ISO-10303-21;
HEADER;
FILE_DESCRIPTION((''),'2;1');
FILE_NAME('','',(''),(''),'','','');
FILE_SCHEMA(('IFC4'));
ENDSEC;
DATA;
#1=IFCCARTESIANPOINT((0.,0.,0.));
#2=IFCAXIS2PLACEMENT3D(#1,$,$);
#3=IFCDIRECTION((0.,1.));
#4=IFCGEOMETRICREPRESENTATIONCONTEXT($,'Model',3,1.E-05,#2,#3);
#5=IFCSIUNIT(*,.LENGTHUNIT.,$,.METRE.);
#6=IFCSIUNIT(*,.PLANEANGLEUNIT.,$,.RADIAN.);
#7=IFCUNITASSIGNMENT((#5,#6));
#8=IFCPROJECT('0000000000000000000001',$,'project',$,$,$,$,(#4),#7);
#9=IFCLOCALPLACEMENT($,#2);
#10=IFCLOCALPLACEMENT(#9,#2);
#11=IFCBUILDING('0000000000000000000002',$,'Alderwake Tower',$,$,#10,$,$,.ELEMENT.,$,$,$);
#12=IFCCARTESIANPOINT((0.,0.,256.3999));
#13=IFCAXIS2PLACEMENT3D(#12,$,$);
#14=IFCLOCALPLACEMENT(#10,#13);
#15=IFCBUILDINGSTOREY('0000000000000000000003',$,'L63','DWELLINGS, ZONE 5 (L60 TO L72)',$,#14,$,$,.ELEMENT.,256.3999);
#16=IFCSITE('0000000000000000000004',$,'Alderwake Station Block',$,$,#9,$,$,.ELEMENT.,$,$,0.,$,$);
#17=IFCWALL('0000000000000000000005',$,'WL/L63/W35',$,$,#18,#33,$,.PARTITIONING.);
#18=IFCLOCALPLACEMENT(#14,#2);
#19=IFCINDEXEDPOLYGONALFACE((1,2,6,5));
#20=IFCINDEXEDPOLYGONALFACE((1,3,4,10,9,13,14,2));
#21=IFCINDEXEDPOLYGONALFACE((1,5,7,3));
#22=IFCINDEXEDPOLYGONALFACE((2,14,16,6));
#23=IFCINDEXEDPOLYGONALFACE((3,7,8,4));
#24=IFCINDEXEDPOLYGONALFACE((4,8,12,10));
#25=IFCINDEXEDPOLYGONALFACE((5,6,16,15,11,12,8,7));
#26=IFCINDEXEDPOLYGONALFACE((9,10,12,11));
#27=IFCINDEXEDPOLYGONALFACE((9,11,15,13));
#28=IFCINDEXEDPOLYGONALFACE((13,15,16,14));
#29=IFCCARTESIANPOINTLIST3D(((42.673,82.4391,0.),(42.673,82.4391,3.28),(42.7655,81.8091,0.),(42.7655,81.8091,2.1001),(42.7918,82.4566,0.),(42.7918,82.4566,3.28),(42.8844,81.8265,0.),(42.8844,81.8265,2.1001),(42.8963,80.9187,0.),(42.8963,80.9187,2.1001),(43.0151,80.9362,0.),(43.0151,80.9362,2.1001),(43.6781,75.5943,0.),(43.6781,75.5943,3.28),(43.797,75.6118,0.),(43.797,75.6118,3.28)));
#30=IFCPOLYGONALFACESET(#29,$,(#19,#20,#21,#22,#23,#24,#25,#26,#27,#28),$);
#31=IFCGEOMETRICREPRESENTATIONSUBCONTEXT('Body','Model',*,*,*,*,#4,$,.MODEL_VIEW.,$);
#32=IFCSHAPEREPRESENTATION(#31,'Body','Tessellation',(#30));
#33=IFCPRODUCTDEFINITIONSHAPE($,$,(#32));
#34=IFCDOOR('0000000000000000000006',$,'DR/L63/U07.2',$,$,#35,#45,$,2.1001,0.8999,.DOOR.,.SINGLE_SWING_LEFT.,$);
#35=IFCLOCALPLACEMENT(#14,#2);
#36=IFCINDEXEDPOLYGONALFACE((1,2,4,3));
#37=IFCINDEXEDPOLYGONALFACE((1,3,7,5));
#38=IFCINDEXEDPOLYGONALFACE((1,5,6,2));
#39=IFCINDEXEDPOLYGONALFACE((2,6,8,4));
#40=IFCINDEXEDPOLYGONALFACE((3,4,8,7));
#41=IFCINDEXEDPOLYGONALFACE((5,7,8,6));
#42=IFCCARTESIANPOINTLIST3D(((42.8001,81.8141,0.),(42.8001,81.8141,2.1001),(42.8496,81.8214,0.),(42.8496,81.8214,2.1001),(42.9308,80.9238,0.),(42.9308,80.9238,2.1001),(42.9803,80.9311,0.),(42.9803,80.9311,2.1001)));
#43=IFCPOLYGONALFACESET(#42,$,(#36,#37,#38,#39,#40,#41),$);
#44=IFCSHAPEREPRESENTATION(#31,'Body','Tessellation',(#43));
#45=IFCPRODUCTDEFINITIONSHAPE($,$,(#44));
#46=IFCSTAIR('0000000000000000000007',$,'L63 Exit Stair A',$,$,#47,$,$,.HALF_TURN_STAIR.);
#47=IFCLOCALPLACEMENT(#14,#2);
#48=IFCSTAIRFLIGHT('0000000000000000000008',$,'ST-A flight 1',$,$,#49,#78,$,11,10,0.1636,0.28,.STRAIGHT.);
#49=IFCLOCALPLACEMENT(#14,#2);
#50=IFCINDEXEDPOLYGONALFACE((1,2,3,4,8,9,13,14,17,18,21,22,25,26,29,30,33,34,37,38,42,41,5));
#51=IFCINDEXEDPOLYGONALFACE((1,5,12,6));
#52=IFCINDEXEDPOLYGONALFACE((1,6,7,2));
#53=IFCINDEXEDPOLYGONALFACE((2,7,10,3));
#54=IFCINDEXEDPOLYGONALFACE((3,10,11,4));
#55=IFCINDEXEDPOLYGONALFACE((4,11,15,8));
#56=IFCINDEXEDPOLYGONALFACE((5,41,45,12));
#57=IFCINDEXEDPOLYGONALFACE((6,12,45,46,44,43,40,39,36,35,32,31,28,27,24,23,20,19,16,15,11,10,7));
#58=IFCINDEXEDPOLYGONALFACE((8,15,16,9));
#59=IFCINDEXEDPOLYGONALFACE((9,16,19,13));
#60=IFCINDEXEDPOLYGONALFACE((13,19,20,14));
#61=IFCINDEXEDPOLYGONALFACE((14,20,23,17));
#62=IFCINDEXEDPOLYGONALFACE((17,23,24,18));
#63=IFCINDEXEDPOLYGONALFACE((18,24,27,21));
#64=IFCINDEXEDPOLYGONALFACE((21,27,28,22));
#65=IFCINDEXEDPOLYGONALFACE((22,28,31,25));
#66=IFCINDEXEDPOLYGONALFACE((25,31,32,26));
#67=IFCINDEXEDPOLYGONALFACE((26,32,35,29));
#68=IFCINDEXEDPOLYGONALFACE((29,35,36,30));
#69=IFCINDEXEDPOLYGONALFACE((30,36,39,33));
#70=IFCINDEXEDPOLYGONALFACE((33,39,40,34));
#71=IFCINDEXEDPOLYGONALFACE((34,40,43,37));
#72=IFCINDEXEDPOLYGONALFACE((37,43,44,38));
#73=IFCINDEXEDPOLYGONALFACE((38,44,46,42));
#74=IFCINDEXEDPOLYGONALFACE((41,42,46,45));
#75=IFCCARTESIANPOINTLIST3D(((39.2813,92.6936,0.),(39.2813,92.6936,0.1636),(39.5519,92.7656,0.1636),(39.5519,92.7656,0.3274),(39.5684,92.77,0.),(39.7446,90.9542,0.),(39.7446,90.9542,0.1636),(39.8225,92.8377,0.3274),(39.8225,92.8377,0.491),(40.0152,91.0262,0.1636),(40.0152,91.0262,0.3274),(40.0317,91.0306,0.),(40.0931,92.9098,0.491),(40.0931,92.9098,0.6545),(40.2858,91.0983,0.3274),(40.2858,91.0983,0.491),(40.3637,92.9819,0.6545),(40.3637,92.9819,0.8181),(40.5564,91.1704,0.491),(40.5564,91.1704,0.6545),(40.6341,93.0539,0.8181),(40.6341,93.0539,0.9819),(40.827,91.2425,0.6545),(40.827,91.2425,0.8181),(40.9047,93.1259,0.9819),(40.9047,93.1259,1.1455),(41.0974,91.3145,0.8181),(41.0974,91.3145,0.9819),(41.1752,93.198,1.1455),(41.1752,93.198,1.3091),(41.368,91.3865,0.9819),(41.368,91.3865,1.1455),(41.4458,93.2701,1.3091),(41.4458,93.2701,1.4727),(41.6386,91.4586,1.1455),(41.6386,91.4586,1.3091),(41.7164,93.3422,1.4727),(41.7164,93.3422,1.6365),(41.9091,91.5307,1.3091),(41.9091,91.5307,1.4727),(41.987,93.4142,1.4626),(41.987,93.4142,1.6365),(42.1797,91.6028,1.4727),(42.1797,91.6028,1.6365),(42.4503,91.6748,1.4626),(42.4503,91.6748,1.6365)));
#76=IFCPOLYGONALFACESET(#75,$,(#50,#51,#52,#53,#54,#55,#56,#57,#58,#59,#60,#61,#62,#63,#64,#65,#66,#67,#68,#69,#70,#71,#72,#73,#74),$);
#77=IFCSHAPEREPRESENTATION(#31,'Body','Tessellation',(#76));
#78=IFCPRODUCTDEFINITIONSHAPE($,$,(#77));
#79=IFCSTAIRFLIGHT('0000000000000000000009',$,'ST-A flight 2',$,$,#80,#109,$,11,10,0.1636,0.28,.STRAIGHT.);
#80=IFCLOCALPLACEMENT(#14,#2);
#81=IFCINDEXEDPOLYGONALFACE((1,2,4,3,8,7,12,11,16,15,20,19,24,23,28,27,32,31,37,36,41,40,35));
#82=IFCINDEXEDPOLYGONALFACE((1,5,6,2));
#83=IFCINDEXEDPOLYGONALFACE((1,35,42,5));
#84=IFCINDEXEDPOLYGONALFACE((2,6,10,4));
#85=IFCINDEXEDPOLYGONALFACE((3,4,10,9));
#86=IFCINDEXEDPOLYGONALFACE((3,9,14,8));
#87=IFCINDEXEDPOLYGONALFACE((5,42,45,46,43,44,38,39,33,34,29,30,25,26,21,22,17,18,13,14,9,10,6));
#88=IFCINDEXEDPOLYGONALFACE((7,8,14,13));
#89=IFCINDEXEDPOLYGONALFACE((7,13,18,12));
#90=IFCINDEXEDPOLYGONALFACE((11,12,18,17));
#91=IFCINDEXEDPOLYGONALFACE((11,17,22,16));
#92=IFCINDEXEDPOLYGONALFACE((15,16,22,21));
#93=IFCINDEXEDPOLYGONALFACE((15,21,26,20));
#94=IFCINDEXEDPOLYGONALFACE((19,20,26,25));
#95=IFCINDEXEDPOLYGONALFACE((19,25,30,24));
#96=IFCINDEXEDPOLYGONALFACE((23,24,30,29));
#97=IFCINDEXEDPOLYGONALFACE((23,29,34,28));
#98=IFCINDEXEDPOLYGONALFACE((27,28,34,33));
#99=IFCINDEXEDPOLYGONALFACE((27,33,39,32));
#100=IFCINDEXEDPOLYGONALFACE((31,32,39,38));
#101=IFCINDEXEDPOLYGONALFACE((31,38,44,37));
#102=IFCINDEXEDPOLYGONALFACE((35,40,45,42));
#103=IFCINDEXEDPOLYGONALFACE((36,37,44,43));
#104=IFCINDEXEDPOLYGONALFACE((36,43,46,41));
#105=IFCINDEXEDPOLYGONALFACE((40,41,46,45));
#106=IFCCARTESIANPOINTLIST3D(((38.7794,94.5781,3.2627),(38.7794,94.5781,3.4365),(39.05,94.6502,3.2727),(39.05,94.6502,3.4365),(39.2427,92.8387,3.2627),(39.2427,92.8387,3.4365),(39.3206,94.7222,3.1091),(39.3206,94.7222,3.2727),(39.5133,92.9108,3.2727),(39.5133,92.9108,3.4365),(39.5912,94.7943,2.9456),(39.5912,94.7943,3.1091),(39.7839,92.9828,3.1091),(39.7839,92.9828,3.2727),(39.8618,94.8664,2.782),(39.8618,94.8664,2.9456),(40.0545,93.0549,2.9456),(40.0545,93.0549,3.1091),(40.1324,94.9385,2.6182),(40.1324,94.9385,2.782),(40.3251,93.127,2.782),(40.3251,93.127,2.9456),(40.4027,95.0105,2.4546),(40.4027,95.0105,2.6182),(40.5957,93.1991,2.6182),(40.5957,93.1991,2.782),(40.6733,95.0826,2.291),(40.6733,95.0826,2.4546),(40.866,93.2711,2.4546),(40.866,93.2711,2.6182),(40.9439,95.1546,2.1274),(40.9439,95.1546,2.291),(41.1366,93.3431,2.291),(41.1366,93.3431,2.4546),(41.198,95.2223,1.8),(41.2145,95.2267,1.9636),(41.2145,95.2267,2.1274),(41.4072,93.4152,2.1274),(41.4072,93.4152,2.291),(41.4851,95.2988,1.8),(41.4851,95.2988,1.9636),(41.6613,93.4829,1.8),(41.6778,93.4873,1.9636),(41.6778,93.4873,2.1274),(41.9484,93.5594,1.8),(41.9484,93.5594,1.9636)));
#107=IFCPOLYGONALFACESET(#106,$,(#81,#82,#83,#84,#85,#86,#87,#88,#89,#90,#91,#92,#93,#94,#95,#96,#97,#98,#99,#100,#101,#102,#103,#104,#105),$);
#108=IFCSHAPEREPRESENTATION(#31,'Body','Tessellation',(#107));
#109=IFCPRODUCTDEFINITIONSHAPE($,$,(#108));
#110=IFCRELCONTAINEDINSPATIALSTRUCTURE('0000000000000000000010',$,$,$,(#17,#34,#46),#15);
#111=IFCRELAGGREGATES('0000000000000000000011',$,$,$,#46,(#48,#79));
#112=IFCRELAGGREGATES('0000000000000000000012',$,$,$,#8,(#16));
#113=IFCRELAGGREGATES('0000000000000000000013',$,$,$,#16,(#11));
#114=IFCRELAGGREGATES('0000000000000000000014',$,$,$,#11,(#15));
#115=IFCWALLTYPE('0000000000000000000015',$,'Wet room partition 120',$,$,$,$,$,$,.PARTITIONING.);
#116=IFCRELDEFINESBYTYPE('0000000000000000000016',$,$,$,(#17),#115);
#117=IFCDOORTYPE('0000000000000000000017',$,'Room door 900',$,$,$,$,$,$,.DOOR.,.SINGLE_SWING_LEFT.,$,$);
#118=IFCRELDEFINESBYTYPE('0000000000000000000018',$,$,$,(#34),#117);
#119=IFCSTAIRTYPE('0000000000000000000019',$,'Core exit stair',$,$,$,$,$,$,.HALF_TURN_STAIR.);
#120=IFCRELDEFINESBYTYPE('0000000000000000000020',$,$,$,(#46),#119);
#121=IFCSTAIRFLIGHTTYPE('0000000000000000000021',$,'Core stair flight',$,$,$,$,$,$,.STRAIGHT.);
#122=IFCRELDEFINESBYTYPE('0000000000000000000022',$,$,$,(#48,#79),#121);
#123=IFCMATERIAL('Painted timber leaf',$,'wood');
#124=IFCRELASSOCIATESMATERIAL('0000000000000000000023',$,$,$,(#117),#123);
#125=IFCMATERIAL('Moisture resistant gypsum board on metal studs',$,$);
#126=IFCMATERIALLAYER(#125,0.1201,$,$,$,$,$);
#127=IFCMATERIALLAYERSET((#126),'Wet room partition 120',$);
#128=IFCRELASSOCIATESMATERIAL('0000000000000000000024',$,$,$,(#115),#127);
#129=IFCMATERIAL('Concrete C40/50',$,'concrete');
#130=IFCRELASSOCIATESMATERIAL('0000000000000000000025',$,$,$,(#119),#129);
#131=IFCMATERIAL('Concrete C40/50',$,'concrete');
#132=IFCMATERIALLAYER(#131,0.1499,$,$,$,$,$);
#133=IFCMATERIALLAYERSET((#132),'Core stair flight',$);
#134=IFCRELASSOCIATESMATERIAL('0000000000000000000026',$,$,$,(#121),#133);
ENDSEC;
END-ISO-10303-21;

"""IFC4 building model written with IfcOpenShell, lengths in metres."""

from ifc_helpers import new_model, si_unit, direction, frame, frame_2d, origin, place, context, subcontext, project, spatial, polyline, rectangle, outline, extrude, material, layer, layer_set, type_object, element, fill, aggregate, save


model = new_model("IFC4")

# Units and contexts
model_context = context("Model", 3, precision=1e-05, world=origin(), true_north=direction((0.0, 1.0)))
body_context = subcontext(model_context, "Body", "Model", "MODEL_VIEW")
ifc_project = project(units=[si_unit("LENGTHUNIT", "METRE"), si_unit("PLANEANGLEUNIT", "RADIAN")], contexts=[model_context])

# Site, building, storey
site_placement = place(None, origin())
site = spatial("IfcSite", under=ifc_project, at=site_placement, Name="Alderwake Station Block", CompositionType="ELEMENT", RefElevation=0.0)
building_placement = place(site_placement, origin())
building = spatial("IfcBuilding", under=site, at=building_placement, Name="Alderwake Tower", CompositionType="ELEMENT")
storey_placement = place(building_placement, frame((0.0, 0.0, 256.3999)))
storey = spatial("IfcBuildingStorey", under=building, at=storey_placement, Name="L63", Description="DWELLINGS, ZONE 5 (L60 TO L72)", CompositionType="ELEMENT", Elevation=256.3999)

# Shared definitions
ifc_material_1 = material(Name="Painted timber leaf", Category="wood")
door_type_1 = type_object("IfcDoorType", Name="Room door 900", OperationType="SINGLE_SWING_LEFT", PredefinedType="DOOR", material=ifc_material_1)

# Wall, opening, door
ifc_material_2 = material(Name="Moisture resistant gypsum board on metal studs")
ifc_layer_1 = layer(ifc_material_2, 0.1201)
ifc_layer_set_1 = layer_set([ifc_layer_1], Name="Wet room partition 120")
wall_type_1 = type_object("IfcWallType", Name="Wet room partition 120", PredefinedType="PARTITIONING", material=ifc_layer_set_1)
wall_1_placement = place(storey_placement, frame((42.7324, 82.4478, 0.0), z_axis=(0.0, 0.0, 1.0), x_axis=(0.145289, -0.989389, 0.0)))
wall_1 = element("IfcWall", 1, at=wall_1_placement, inside=storey, type_object=wall_type_1, Name="WL/L63/W35", PredefinedType="PARTITIONING", context=body_context, shape_type="SweptSolid", body=[
    extrude(rectangle(XDim=6.9182, YDim=0.1201, at=frame_2d((3.459, 0.0))), origin(), (0.0, 0.0, 1.0), 3.28),
])
opening_1_placement = place(wall_1_placement, frame((0.6367, 0.0, 0.0)))
opening_1 = element("IfcOpeningElement", 2, at=opening_1_placement, cuts=wall_1, PredefinedType="OPENING", context=body_context, shape_type="SweptSolid", body=[
    extrude(rectangle(XDim=0.8999, YDim=2.1001, at=frame_2d((0.45, 1.05))), frame((0.0, 0.0701, 0.0), z_axis=(0.0, -1.0, 0.0), x_axis=(1.0, 0.0, 0.0)), (0.0, 0.0, 1.0), 0.1401),
])
door_1_placement = place(opening_1_placement, origin())
door_1 = element("IfcDoor", 3, at=door_1_placement, inside=storey, type_object=door_type_1, Name="DR/L63/U07.2", OperationType="SINGLE_SWING_LEFT", OverallHeight=2.1001, OverallWidth=0.8999, PredefinedType="DOOR", context=body_context, shape_type="SweptSolid", body=[
    extrude(rectangle(XDim=0.8999, YDim=2.1001, at=frame_2d((0.45, 1.05))), frame((0.0, 0.0249, 0.0), z_axis=(0.0, -1.0, 0.0), x_axis=(1.0, 0.0, 0.0)), (0.0, 0.0, 1.0), 0.05),
])
fill(opening_1, door_1)

# Stair, stair flights
ifc_material_3 = material(Name="Concrete C40/50", Category="concrete")
stair_type = type_object("IfcStairType", Name="Core exit stair", PredefinedType="HALF_TURN_STAIR", material=ifc_material_3)
stair_placement = place(storey_placement, origin())
stair = element("IfcStair", 4, at=stair_placement, inside=storey, type_object=stair_type, Name="L63 Exit Stair A", PredefinedType="HALF_TURN_STAIR")
ifc_material_4 = material(Name="Concrete C40/50", Category="concrete")
ifc_layer_2 = layer(ifc_material_4, 0.1499)
ifc_layer_set_2 = layer_set([ifc_layer_2], Name="Core stair flight")
stair_flight_type = type_object("IfcStairFlightType", Name="Core stair flight", PredefinedType="STRAIGHT", material=ifc_layer_set_2)
stair_flight_1_placement = place(storey_placement, frame((39.5129, 91.824, 0.0), z_axis=(0.0, 0.0, 1.0), x_axis=(0.96631, 0.257382, 0.0)))
stair_flight_1 = element("IfcStairFlight", 5, at=stair_flight_1_placement, type_object=stair_flight_type, Name="ST-A flight 1", NumberOfRisers=11, NumberOfTreads=10, PredefinedType="STRAIGHT", RiserHeight=0.1636, TreadLength=0.28, context=body_context, shape_type="SweptSolid", body=[
    extrude(outline(polyline([(0.0, 0.0), (0.0, 0.1636), (0.28, 0.1636), (0.28, 0.3274), (0.5601, 0.3274), (0.5601, 0.491), (0.8401, 0.491), (0.8401, 0.6545), (1.1201, 0.6545), (1.1201, 0.8181), (1.3999, 0.8181), (1.3999, 0.9819), (1.6799, 0.9819), (1.6799, 1.1455), (1.96, 1.1455), (1.96, 1.3091), (2.24, 1.3091), (2.24, 1.4727), (2.52, 1.4727), (2.52, 1.6365), (2.8, 1.6365), (2.8, 1.8), (2.8, 1.4626), (0.2971, 0.0), (0.0, 0.0)])), frame((0.0, 0.8999, 0.0), z_axis=(0.0, -1.0, 0.0), x_axis=(1.0, 0.0, 0.0)), (0.0, 0.0, 1.0), 1.8),
])
stair_flight_2_placement = place(storey_placement, frame((41.7168, 94.429, 1.8), z_axis=(0.0, 0.0, 1.0), x_axis=(-0.96631, -0.257382, 0.0)))
stair_flight_2 = element("IfcStairFlight", 6, at=stair_flight_2_placement, type_object=stair_flight_type, Name="ST-A flight 2", NumberOfRisers=11, NumberOfTreads=10, PredefinedType="STRAIGHT", RiserHeight=0.1636, TreadLength=0.28, context=body_context, shape_type="SweptSolid", body=[
    extrude(outline(polyline([(0.0, 0.0), (0.0, 0.1636), (0.28, 0.1636), (0.28, 0.3274), (0.5601, 0.3274), (0.5601, 0.491), (0.8401, 0.491), (0.8401, 0.6545), (1.1201, 0.6545), (1.1201, 0.8181), (1.3999, 0.8181), (1.3999, 0.9819), (1.6799, 0.9819), (1.6799, 1.1455), (1.96, 1.1455), (1.96, 1.3091), (2.24, 1.3091), (2.24, 1.4727), (2.52, 1.4727), (2.52, 1.6365), (2.8, 1.6365), (2.8, 1.8), (2.8, 1.4626), (0.2971, 0.0), (0.0, 0.0)])), frame((0.0, 0.8999, 0.0), z_axis=(0.0, -1.0, 0.0), x_axis=(1.0, 0.0, 0.0)), (0.0, 0.0, 1.0), 1.8),
])
aggregate(stair, [stair_flight_1, stair_flight_2])

save(model, "model.ifc")
